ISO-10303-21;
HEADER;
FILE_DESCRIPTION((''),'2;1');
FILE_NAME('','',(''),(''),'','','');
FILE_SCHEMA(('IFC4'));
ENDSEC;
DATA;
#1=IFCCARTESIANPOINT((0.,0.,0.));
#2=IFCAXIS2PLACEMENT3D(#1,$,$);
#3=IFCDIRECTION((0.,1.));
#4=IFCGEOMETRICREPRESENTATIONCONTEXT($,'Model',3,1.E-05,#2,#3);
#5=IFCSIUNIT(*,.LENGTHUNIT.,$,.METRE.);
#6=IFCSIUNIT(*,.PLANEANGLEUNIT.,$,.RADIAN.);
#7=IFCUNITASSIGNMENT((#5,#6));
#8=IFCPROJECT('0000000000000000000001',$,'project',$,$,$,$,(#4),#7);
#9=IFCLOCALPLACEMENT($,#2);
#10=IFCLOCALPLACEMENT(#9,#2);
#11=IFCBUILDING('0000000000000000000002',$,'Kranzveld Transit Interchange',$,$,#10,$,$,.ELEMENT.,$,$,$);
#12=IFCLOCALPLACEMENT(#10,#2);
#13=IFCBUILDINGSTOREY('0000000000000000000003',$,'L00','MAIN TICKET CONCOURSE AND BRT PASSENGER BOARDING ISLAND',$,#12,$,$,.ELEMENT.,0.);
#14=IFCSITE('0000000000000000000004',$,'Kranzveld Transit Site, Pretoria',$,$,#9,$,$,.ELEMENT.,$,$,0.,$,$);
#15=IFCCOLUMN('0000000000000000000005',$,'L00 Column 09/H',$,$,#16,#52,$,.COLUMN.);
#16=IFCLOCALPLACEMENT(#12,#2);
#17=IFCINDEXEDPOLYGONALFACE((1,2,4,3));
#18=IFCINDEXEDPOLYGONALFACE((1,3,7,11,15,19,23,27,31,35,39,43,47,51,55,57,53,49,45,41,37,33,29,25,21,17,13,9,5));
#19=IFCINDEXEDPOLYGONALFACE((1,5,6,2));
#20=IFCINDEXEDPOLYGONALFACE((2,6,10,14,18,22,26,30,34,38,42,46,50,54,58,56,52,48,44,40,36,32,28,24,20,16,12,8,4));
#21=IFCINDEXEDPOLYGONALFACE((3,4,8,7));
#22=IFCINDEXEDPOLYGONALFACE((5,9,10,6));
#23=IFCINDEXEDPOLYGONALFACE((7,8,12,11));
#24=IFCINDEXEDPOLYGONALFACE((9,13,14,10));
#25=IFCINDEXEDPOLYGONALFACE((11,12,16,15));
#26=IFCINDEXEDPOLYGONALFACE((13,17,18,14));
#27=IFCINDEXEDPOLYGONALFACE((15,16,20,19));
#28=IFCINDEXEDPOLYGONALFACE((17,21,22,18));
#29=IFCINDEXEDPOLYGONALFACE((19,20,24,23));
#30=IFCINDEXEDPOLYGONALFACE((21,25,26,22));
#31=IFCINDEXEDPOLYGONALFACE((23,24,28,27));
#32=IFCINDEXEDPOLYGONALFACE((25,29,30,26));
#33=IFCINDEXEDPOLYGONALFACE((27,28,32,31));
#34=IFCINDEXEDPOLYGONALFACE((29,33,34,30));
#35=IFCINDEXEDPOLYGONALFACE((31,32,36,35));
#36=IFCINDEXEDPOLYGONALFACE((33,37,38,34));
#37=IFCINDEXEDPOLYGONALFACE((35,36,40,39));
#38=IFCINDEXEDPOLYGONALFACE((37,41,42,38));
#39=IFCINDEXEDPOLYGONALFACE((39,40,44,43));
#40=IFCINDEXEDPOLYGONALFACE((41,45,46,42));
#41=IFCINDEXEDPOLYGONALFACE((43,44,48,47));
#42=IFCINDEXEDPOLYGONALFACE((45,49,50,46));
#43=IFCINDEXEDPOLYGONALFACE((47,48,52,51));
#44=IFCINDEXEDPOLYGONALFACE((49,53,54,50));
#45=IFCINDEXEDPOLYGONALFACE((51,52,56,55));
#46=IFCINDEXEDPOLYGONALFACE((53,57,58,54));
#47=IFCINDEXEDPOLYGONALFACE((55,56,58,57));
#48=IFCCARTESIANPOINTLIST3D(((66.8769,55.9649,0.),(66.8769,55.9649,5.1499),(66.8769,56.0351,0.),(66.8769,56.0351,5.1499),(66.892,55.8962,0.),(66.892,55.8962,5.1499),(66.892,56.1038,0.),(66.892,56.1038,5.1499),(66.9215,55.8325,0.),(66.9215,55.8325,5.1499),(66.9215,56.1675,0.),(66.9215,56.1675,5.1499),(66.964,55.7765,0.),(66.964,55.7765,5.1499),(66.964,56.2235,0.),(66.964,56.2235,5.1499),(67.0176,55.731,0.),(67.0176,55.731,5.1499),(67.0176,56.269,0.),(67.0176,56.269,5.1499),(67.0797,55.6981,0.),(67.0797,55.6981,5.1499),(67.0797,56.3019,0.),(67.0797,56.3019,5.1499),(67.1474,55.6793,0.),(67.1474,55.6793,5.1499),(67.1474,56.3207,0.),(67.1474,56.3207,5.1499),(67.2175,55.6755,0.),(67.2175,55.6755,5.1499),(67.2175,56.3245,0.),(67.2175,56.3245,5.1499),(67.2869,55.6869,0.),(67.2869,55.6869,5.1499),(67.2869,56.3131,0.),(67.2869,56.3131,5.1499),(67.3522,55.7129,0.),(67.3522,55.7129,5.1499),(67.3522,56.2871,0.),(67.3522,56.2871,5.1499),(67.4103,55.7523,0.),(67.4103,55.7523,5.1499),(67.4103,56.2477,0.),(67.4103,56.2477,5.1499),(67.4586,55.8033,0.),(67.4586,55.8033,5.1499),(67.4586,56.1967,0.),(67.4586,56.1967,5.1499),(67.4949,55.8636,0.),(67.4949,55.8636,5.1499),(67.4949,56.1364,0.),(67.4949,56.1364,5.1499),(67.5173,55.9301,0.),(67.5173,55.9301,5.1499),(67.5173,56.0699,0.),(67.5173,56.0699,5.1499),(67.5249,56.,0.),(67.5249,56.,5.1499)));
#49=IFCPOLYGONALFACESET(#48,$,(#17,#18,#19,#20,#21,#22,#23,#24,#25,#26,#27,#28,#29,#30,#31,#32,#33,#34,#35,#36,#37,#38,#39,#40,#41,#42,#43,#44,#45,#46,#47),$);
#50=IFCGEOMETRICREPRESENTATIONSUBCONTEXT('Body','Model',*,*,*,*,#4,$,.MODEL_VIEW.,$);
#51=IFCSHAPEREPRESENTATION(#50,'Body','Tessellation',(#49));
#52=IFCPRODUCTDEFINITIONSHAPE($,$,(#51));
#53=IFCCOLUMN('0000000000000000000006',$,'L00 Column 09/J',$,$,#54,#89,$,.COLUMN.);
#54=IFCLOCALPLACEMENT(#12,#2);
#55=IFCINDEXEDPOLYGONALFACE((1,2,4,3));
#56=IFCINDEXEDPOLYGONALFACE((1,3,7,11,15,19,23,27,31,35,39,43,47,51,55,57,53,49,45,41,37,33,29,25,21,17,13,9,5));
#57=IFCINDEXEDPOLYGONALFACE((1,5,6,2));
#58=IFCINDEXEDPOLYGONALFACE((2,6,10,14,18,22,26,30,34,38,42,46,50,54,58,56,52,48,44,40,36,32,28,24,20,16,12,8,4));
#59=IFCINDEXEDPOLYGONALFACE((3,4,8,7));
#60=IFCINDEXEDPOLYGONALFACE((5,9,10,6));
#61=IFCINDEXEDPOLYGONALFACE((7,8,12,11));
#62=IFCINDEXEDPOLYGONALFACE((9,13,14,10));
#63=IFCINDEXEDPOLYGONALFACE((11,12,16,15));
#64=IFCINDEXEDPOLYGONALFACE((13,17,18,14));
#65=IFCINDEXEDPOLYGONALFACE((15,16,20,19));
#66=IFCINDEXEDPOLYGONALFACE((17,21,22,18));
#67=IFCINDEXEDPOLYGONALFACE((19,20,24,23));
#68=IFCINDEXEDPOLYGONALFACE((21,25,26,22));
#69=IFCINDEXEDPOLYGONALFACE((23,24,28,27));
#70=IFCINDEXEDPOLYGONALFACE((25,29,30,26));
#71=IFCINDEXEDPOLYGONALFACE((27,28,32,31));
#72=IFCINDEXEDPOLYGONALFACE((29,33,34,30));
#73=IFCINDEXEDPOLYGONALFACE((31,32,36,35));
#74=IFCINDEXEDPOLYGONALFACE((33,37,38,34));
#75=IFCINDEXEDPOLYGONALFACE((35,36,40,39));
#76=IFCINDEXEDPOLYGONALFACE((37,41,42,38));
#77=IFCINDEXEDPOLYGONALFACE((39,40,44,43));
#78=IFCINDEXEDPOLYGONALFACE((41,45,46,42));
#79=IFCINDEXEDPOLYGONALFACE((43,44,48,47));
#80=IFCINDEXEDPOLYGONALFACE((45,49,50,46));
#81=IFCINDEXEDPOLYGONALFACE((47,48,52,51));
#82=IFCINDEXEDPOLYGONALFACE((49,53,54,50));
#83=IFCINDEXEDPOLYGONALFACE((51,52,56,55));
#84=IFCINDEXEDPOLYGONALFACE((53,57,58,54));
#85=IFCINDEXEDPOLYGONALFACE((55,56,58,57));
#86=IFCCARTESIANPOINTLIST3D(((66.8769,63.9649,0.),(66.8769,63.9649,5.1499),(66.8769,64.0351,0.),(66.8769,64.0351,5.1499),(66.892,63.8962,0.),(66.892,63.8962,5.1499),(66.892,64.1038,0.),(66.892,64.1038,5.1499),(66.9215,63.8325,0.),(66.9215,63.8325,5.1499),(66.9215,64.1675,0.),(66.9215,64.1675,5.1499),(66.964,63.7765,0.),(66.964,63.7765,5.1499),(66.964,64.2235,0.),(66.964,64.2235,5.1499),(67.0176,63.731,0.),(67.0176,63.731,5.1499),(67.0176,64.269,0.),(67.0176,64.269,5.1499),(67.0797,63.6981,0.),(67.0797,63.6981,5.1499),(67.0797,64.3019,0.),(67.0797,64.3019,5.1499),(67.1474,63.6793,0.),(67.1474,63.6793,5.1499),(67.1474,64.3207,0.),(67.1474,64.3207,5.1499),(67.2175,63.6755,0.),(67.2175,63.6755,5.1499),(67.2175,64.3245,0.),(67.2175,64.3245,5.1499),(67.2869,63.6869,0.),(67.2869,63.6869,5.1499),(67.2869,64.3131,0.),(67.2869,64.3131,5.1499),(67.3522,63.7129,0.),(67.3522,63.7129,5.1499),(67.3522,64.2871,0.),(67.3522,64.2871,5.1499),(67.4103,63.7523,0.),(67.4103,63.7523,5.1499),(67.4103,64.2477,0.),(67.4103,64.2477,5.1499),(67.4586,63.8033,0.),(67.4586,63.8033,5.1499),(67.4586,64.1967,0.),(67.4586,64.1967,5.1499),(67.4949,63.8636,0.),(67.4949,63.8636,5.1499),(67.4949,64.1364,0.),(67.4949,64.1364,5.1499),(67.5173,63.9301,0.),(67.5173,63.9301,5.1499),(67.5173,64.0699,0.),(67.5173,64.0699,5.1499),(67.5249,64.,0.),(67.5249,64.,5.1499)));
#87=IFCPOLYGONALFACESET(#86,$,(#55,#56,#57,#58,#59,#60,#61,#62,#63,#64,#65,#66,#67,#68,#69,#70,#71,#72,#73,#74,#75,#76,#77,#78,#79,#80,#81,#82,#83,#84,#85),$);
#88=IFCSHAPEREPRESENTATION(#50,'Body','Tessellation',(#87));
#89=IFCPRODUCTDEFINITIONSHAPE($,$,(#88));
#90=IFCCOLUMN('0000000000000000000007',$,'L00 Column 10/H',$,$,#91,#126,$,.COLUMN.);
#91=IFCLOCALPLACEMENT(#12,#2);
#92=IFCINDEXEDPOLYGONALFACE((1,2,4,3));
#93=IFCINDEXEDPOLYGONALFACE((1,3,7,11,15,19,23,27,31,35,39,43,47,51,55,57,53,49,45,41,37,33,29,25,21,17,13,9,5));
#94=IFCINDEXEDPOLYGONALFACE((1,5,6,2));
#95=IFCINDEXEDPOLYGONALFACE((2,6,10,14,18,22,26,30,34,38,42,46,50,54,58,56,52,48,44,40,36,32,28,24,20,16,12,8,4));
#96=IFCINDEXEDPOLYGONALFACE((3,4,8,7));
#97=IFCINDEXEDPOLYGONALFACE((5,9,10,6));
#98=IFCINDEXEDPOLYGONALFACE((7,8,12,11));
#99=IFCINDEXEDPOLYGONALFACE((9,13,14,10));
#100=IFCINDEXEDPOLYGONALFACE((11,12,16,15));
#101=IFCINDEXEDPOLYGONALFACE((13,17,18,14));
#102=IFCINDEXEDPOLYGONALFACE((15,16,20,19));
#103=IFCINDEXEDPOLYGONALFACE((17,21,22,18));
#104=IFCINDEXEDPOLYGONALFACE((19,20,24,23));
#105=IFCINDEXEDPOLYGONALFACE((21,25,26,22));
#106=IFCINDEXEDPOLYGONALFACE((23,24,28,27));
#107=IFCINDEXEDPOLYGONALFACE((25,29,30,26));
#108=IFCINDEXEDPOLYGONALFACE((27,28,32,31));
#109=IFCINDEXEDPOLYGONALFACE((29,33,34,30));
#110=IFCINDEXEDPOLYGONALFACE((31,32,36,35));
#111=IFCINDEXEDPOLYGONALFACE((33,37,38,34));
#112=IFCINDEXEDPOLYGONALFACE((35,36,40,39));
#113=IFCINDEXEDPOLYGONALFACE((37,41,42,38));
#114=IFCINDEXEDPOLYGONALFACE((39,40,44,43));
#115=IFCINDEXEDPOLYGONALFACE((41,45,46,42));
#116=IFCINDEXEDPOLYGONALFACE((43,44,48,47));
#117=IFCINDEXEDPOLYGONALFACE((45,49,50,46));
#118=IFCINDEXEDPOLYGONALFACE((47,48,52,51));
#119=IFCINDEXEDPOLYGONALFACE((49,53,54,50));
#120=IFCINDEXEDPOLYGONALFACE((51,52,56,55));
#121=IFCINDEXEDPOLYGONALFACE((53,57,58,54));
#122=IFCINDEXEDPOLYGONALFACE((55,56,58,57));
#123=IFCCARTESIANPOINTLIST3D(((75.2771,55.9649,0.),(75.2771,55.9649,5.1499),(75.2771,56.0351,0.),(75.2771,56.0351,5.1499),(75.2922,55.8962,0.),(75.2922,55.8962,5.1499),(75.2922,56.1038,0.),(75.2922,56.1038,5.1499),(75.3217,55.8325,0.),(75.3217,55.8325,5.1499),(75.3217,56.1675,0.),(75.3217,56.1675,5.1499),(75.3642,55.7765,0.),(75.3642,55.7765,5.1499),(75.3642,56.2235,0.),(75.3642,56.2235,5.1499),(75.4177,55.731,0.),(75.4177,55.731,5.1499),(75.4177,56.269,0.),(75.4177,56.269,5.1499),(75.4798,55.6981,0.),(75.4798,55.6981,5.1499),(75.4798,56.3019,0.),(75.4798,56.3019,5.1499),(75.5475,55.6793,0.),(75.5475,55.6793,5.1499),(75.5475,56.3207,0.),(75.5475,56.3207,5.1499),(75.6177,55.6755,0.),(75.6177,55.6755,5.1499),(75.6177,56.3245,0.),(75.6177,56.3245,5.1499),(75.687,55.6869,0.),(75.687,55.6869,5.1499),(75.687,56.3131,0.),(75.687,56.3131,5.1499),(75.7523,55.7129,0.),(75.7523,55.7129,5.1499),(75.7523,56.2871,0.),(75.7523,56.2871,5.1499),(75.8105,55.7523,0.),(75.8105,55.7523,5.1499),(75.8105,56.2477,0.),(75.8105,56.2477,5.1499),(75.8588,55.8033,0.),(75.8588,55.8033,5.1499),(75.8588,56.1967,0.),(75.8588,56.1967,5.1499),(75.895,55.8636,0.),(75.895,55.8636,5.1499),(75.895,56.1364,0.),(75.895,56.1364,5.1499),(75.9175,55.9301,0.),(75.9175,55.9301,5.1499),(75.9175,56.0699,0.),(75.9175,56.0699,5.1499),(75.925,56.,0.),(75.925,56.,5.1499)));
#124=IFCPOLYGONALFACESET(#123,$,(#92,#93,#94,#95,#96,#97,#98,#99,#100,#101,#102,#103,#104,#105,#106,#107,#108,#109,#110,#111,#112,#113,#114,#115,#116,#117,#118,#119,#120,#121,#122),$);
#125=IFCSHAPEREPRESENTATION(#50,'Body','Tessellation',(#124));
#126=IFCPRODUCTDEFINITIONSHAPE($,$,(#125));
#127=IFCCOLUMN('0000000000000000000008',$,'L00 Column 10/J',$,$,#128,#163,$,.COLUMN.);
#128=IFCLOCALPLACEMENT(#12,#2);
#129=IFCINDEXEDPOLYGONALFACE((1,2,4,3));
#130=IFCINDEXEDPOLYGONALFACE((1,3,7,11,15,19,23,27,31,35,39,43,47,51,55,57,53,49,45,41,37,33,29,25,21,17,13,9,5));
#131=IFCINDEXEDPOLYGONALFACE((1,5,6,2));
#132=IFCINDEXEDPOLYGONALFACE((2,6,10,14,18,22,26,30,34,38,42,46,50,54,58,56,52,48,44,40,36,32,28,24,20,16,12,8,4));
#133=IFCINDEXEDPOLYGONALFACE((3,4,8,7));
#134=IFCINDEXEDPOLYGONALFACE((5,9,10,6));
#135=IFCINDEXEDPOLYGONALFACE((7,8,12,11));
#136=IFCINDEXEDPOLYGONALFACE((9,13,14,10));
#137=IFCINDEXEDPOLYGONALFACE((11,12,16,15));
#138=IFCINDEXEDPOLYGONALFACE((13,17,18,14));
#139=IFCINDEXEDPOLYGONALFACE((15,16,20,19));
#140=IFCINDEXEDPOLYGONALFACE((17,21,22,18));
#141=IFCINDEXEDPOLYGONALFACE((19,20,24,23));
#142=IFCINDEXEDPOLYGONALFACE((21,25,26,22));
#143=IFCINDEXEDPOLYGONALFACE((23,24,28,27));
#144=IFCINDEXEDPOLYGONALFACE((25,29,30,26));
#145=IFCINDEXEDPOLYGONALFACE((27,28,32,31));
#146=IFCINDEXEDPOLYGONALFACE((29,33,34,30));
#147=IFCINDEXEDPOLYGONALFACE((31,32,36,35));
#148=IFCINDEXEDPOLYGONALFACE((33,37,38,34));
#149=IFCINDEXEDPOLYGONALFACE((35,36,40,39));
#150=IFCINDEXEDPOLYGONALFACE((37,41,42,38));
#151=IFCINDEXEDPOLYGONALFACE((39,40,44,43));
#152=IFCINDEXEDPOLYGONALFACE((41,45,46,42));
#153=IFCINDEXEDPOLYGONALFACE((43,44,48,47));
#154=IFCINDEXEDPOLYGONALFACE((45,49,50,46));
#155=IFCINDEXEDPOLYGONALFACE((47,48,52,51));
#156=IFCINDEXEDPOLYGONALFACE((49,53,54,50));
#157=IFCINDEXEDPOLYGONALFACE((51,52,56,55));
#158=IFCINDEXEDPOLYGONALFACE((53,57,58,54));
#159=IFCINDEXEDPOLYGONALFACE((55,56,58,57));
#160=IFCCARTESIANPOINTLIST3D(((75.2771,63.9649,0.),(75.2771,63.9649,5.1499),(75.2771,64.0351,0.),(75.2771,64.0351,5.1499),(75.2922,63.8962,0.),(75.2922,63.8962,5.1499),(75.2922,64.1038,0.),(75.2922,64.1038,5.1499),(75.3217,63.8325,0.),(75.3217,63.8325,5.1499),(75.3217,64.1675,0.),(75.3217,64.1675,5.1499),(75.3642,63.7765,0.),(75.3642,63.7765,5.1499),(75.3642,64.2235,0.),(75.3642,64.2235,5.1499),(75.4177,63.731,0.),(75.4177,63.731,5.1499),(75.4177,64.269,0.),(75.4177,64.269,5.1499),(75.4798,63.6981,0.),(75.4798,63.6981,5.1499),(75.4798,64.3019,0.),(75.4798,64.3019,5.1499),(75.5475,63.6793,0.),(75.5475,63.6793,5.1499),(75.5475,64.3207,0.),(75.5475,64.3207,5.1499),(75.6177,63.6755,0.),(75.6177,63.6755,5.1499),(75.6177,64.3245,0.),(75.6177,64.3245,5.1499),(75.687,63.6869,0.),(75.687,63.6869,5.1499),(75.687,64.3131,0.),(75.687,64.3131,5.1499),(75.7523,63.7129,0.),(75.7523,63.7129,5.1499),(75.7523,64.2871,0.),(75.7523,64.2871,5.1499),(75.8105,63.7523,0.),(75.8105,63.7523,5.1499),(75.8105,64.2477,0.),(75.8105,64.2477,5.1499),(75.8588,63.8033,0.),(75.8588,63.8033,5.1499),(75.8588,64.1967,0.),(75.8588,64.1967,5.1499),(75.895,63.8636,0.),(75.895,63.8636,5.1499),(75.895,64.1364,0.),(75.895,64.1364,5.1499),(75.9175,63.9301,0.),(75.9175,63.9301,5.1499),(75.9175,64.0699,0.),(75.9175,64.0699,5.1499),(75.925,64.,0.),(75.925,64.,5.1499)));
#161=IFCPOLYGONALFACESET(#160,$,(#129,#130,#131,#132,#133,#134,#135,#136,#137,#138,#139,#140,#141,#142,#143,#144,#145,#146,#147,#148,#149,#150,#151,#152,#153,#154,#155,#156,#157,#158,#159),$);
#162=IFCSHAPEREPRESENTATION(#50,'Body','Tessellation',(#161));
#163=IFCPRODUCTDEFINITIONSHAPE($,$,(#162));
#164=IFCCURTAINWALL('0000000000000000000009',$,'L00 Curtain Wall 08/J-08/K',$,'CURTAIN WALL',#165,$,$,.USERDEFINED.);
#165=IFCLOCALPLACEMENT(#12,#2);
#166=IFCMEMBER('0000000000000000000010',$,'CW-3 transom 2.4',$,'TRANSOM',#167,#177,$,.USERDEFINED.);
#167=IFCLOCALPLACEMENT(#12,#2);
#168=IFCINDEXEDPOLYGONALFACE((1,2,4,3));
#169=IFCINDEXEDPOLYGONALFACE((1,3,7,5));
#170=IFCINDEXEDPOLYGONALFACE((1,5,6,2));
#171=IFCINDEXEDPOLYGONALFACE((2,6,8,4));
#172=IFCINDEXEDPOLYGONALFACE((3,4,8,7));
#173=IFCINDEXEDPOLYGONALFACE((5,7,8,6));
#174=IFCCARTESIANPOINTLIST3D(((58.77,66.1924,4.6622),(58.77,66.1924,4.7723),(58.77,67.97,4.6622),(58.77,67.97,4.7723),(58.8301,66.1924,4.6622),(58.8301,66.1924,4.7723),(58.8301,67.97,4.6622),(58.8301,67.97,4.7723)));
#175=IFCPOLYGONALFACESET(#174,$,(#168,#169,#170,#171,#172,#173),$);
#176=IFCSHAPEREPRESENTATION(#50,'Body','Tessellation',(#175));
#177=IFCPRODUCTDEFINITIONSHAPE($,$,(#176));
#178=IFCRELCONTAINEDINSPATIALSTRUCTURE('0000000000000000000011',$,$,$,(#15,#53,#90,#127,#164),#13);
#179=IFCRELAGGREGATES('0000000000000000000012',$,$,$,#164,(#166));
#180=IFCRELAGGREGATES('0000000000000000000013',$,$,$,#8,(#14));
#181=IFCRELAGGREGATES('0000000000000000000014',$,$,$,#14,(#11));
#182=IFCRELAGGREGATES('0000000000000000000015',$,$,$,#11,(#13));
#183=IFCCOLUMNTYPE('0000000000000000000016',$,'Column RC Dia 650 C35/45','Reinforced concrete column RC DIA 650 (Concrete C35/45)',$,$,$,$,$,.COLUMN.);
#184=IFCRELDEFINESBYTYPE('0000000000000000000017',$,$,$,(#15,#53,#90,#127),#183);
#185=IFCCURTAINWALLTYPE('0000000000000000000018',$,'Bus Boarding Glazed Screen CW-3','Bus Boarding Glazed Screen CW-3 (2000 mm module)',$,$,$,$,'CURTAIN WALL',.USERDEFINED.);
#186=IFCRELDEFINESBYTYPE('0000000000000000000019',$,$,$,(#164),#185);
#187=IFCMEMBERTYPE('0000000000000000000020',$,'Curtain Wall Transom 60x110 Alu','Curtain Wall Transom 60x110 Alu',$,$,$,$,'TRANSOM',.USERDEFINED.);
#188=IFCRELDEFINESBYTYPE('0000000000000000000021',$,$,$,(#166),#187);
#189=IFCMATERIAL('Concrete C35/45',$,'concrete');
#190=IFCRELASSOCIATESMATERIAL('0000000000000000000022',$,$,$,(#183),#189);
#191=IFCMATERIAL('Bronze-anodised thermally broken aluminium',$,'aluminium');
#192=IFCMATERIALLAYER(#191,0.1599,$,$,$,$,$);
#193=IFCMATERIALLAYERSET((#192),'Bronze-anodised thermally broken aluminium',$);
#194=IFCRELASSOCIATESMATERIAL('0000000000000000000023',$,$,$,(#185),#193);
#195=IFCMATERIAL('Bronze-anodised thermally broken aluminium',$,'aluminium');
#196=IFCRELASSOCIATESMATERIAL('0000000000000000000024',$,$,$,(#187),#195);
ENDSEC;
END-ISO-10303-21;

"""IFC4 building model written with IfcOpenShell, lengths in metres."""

from ifc_helpers import new_model, si_unit, direction, frame, origin, origin_2d, place, context, subcontext, project, spatial, rectangle, circle, extrude, material, layer, layer_set, material_profile, profile_set, type_object, element, aggregate, save


model = new_model("IFC4")

# Units and contexts
model_context = context("Model", 3, precision=1e-05, world=origin(), true_north=direction((0.0, 1.0)))
body_context = subcontext(model_context, "Body", "Model", "MODEL_VIEW")
ifc_project = project(units=[si_unit("LENGTHUNIT", "METRE"), si_unit("PLANEANGLEUNIT", "RADIAN")], contexts=[model_context])

# Site, building, storey
site_placement = place(None, origin())
site = spatial("IfcSite", under=ifc_project, at=site_placement, Name="Kranzveld Transit Site, Pretoria", CompositionType="ELEMENT", RefElevation=0.0)
building_placement = place(site_placement, origin())
building = spatial("IfcBuilding", under=site, at=building_placement, Name="Kranzveld Transit Interchange", CompositionType="ELEMENT")
storey_placement = place(building_placement, origin())
storey = spatial("IfcBuildingStorey", under=building, at=storey_placement, Name="L00", Description="MAIN TICKET CONCOURSE AND BRT PASSENGER BOARDING ISLAND", CompositionType="ELEMENT", Elevation=0.0)

# Columns
ifc_material_1 = material(Name="Concrete C35/45", Category="concrete")
ifc_material_profile_1 = material_profile(ifc_material_1, circle(Radius=0.325, at=origin_2d()), Name="RC DIA 650")
ifc_profile_set_1 = profile_set([ifc_material_profile_1], Name="Concrete C35/45")
column_type = type_object("IfcColumnType", Name="Column RC Dia 650 C35/45", Description="Reinforced concrete column RC DIA 650 (Concrete C35/45)", PredefinedType="COLUMN", material=ifc_profile_set_1)
for number, where, z_axis, x_axis, name in (
    (1, (67.2, 56.0, 0.0), (0.0, 0.0, 1.0), (1.0, 0.0, 0.0), "L00 Column 09/H"),
    (2, (67.2, 64.0, 0.0), (0.0, 0.0, 1.0), (1.0, 0.0, 0.0), "L00 Column 09/J"),
    (3, (75.6001, 56.0, 0.0), (0.0, 0.0, 1.0), (1.0, 0.0, 0.0), "L00 Column 10/H"),
    (4, (75.6001, 64.0, 0.0), (0.0, 0.0, 1.0), (1.0, 0.0, 0.0), "L00 Column 10/J"),
):
    element("IfcColumn", number, at=place(storey_placement, frame(where, z_axis=z_axis, x_axis=x_axis)), inside=storey, type_object=column_type, Name=name, PredefinedType="COLUMN", context=body_context, shape_type="SweptSolid", body=[
        extrude(circle(Radius=0.325, at=origin_2d()), origin(), (0.0, 0.0, 1.0), 5.1499),
    ])

# Curtain wall, member
ifc_material_2 = material(Name="Bronze-anodised thermally broken aluminium", Category="aluminium")
ifc_layer_1 = layer(ifc_material_2, 0.1599)
ifc_layer_set_1 = layer_set([ifc_layer_1], Name="Bronze-anodised thermally broken aluminium")
curtain_wall_type = type_object("IfcCurtainWallType", Name="Bus Boarding Glazed Screen CW-3", Description="Bus Boarding Glazed Screen CW-3 (2000 mm module)", ElementType="CURTAIN WALL", PredefinedType="USERDEFINED", material=ifc_layer_set_1)
curtain_wall_placement = place(storey_placement, origin())
curtain_wall = element("IfcCurtainWall", 5, at=curtain_wall_placement, inside=storey, type_object=curtain_wall_type, Name="L00 Curtain Wall 08/J-08/K", ObjectType="CURTAIN WALL", PredefinedType="USERDEFINED")
ifc_material_3 = material(Name="Bronze-anodised thermally broken aluminium", Category="aluminium")
ifc_material_profile_2 = material_profile(ifc_material_3, rectangle(XDim=0.0601, YDim=0.1101, at=origin_2d()), Name="ALU TRANSOM 60x110")
ifc_profile_set_2 = profile_set([ifc_material_profile_2], Name="Bronze-anodised thermally broken aluminium")
member_type = type_object("IfcMemberType", Name="Curtain Wall Transom 60x110 Alu", Description="Curtain Wall Transom 60x110 Alu", ElementType="TRANSOM", PredefinedType="USERDEFINED", material=ifc_profile_set_2)
member_placement = place(storey_placement, frame((58.8, 66.1924, 4.7173), z_axis=(0.0, 1.0, 0.0), x_axis=(-1.0, 0.0, 0.0)))
member = element("IfcMember", 6, at=member_placement, type_object=member_type, Name="CW-3 transom 2.4", ObjectType="TRANSOM", PredefinedType="USERDEFINED", context=body_context, shape_type="SweptSolid", body=[
    extrude(rectangle(XDim=0.0601, YDim=0.1101, at=origin_2d()), origin(), (0.0, 0.0, 1.0), 1.7776),
])

aggregate(curtain_wall, [member])

save(model, "model.ifc")
